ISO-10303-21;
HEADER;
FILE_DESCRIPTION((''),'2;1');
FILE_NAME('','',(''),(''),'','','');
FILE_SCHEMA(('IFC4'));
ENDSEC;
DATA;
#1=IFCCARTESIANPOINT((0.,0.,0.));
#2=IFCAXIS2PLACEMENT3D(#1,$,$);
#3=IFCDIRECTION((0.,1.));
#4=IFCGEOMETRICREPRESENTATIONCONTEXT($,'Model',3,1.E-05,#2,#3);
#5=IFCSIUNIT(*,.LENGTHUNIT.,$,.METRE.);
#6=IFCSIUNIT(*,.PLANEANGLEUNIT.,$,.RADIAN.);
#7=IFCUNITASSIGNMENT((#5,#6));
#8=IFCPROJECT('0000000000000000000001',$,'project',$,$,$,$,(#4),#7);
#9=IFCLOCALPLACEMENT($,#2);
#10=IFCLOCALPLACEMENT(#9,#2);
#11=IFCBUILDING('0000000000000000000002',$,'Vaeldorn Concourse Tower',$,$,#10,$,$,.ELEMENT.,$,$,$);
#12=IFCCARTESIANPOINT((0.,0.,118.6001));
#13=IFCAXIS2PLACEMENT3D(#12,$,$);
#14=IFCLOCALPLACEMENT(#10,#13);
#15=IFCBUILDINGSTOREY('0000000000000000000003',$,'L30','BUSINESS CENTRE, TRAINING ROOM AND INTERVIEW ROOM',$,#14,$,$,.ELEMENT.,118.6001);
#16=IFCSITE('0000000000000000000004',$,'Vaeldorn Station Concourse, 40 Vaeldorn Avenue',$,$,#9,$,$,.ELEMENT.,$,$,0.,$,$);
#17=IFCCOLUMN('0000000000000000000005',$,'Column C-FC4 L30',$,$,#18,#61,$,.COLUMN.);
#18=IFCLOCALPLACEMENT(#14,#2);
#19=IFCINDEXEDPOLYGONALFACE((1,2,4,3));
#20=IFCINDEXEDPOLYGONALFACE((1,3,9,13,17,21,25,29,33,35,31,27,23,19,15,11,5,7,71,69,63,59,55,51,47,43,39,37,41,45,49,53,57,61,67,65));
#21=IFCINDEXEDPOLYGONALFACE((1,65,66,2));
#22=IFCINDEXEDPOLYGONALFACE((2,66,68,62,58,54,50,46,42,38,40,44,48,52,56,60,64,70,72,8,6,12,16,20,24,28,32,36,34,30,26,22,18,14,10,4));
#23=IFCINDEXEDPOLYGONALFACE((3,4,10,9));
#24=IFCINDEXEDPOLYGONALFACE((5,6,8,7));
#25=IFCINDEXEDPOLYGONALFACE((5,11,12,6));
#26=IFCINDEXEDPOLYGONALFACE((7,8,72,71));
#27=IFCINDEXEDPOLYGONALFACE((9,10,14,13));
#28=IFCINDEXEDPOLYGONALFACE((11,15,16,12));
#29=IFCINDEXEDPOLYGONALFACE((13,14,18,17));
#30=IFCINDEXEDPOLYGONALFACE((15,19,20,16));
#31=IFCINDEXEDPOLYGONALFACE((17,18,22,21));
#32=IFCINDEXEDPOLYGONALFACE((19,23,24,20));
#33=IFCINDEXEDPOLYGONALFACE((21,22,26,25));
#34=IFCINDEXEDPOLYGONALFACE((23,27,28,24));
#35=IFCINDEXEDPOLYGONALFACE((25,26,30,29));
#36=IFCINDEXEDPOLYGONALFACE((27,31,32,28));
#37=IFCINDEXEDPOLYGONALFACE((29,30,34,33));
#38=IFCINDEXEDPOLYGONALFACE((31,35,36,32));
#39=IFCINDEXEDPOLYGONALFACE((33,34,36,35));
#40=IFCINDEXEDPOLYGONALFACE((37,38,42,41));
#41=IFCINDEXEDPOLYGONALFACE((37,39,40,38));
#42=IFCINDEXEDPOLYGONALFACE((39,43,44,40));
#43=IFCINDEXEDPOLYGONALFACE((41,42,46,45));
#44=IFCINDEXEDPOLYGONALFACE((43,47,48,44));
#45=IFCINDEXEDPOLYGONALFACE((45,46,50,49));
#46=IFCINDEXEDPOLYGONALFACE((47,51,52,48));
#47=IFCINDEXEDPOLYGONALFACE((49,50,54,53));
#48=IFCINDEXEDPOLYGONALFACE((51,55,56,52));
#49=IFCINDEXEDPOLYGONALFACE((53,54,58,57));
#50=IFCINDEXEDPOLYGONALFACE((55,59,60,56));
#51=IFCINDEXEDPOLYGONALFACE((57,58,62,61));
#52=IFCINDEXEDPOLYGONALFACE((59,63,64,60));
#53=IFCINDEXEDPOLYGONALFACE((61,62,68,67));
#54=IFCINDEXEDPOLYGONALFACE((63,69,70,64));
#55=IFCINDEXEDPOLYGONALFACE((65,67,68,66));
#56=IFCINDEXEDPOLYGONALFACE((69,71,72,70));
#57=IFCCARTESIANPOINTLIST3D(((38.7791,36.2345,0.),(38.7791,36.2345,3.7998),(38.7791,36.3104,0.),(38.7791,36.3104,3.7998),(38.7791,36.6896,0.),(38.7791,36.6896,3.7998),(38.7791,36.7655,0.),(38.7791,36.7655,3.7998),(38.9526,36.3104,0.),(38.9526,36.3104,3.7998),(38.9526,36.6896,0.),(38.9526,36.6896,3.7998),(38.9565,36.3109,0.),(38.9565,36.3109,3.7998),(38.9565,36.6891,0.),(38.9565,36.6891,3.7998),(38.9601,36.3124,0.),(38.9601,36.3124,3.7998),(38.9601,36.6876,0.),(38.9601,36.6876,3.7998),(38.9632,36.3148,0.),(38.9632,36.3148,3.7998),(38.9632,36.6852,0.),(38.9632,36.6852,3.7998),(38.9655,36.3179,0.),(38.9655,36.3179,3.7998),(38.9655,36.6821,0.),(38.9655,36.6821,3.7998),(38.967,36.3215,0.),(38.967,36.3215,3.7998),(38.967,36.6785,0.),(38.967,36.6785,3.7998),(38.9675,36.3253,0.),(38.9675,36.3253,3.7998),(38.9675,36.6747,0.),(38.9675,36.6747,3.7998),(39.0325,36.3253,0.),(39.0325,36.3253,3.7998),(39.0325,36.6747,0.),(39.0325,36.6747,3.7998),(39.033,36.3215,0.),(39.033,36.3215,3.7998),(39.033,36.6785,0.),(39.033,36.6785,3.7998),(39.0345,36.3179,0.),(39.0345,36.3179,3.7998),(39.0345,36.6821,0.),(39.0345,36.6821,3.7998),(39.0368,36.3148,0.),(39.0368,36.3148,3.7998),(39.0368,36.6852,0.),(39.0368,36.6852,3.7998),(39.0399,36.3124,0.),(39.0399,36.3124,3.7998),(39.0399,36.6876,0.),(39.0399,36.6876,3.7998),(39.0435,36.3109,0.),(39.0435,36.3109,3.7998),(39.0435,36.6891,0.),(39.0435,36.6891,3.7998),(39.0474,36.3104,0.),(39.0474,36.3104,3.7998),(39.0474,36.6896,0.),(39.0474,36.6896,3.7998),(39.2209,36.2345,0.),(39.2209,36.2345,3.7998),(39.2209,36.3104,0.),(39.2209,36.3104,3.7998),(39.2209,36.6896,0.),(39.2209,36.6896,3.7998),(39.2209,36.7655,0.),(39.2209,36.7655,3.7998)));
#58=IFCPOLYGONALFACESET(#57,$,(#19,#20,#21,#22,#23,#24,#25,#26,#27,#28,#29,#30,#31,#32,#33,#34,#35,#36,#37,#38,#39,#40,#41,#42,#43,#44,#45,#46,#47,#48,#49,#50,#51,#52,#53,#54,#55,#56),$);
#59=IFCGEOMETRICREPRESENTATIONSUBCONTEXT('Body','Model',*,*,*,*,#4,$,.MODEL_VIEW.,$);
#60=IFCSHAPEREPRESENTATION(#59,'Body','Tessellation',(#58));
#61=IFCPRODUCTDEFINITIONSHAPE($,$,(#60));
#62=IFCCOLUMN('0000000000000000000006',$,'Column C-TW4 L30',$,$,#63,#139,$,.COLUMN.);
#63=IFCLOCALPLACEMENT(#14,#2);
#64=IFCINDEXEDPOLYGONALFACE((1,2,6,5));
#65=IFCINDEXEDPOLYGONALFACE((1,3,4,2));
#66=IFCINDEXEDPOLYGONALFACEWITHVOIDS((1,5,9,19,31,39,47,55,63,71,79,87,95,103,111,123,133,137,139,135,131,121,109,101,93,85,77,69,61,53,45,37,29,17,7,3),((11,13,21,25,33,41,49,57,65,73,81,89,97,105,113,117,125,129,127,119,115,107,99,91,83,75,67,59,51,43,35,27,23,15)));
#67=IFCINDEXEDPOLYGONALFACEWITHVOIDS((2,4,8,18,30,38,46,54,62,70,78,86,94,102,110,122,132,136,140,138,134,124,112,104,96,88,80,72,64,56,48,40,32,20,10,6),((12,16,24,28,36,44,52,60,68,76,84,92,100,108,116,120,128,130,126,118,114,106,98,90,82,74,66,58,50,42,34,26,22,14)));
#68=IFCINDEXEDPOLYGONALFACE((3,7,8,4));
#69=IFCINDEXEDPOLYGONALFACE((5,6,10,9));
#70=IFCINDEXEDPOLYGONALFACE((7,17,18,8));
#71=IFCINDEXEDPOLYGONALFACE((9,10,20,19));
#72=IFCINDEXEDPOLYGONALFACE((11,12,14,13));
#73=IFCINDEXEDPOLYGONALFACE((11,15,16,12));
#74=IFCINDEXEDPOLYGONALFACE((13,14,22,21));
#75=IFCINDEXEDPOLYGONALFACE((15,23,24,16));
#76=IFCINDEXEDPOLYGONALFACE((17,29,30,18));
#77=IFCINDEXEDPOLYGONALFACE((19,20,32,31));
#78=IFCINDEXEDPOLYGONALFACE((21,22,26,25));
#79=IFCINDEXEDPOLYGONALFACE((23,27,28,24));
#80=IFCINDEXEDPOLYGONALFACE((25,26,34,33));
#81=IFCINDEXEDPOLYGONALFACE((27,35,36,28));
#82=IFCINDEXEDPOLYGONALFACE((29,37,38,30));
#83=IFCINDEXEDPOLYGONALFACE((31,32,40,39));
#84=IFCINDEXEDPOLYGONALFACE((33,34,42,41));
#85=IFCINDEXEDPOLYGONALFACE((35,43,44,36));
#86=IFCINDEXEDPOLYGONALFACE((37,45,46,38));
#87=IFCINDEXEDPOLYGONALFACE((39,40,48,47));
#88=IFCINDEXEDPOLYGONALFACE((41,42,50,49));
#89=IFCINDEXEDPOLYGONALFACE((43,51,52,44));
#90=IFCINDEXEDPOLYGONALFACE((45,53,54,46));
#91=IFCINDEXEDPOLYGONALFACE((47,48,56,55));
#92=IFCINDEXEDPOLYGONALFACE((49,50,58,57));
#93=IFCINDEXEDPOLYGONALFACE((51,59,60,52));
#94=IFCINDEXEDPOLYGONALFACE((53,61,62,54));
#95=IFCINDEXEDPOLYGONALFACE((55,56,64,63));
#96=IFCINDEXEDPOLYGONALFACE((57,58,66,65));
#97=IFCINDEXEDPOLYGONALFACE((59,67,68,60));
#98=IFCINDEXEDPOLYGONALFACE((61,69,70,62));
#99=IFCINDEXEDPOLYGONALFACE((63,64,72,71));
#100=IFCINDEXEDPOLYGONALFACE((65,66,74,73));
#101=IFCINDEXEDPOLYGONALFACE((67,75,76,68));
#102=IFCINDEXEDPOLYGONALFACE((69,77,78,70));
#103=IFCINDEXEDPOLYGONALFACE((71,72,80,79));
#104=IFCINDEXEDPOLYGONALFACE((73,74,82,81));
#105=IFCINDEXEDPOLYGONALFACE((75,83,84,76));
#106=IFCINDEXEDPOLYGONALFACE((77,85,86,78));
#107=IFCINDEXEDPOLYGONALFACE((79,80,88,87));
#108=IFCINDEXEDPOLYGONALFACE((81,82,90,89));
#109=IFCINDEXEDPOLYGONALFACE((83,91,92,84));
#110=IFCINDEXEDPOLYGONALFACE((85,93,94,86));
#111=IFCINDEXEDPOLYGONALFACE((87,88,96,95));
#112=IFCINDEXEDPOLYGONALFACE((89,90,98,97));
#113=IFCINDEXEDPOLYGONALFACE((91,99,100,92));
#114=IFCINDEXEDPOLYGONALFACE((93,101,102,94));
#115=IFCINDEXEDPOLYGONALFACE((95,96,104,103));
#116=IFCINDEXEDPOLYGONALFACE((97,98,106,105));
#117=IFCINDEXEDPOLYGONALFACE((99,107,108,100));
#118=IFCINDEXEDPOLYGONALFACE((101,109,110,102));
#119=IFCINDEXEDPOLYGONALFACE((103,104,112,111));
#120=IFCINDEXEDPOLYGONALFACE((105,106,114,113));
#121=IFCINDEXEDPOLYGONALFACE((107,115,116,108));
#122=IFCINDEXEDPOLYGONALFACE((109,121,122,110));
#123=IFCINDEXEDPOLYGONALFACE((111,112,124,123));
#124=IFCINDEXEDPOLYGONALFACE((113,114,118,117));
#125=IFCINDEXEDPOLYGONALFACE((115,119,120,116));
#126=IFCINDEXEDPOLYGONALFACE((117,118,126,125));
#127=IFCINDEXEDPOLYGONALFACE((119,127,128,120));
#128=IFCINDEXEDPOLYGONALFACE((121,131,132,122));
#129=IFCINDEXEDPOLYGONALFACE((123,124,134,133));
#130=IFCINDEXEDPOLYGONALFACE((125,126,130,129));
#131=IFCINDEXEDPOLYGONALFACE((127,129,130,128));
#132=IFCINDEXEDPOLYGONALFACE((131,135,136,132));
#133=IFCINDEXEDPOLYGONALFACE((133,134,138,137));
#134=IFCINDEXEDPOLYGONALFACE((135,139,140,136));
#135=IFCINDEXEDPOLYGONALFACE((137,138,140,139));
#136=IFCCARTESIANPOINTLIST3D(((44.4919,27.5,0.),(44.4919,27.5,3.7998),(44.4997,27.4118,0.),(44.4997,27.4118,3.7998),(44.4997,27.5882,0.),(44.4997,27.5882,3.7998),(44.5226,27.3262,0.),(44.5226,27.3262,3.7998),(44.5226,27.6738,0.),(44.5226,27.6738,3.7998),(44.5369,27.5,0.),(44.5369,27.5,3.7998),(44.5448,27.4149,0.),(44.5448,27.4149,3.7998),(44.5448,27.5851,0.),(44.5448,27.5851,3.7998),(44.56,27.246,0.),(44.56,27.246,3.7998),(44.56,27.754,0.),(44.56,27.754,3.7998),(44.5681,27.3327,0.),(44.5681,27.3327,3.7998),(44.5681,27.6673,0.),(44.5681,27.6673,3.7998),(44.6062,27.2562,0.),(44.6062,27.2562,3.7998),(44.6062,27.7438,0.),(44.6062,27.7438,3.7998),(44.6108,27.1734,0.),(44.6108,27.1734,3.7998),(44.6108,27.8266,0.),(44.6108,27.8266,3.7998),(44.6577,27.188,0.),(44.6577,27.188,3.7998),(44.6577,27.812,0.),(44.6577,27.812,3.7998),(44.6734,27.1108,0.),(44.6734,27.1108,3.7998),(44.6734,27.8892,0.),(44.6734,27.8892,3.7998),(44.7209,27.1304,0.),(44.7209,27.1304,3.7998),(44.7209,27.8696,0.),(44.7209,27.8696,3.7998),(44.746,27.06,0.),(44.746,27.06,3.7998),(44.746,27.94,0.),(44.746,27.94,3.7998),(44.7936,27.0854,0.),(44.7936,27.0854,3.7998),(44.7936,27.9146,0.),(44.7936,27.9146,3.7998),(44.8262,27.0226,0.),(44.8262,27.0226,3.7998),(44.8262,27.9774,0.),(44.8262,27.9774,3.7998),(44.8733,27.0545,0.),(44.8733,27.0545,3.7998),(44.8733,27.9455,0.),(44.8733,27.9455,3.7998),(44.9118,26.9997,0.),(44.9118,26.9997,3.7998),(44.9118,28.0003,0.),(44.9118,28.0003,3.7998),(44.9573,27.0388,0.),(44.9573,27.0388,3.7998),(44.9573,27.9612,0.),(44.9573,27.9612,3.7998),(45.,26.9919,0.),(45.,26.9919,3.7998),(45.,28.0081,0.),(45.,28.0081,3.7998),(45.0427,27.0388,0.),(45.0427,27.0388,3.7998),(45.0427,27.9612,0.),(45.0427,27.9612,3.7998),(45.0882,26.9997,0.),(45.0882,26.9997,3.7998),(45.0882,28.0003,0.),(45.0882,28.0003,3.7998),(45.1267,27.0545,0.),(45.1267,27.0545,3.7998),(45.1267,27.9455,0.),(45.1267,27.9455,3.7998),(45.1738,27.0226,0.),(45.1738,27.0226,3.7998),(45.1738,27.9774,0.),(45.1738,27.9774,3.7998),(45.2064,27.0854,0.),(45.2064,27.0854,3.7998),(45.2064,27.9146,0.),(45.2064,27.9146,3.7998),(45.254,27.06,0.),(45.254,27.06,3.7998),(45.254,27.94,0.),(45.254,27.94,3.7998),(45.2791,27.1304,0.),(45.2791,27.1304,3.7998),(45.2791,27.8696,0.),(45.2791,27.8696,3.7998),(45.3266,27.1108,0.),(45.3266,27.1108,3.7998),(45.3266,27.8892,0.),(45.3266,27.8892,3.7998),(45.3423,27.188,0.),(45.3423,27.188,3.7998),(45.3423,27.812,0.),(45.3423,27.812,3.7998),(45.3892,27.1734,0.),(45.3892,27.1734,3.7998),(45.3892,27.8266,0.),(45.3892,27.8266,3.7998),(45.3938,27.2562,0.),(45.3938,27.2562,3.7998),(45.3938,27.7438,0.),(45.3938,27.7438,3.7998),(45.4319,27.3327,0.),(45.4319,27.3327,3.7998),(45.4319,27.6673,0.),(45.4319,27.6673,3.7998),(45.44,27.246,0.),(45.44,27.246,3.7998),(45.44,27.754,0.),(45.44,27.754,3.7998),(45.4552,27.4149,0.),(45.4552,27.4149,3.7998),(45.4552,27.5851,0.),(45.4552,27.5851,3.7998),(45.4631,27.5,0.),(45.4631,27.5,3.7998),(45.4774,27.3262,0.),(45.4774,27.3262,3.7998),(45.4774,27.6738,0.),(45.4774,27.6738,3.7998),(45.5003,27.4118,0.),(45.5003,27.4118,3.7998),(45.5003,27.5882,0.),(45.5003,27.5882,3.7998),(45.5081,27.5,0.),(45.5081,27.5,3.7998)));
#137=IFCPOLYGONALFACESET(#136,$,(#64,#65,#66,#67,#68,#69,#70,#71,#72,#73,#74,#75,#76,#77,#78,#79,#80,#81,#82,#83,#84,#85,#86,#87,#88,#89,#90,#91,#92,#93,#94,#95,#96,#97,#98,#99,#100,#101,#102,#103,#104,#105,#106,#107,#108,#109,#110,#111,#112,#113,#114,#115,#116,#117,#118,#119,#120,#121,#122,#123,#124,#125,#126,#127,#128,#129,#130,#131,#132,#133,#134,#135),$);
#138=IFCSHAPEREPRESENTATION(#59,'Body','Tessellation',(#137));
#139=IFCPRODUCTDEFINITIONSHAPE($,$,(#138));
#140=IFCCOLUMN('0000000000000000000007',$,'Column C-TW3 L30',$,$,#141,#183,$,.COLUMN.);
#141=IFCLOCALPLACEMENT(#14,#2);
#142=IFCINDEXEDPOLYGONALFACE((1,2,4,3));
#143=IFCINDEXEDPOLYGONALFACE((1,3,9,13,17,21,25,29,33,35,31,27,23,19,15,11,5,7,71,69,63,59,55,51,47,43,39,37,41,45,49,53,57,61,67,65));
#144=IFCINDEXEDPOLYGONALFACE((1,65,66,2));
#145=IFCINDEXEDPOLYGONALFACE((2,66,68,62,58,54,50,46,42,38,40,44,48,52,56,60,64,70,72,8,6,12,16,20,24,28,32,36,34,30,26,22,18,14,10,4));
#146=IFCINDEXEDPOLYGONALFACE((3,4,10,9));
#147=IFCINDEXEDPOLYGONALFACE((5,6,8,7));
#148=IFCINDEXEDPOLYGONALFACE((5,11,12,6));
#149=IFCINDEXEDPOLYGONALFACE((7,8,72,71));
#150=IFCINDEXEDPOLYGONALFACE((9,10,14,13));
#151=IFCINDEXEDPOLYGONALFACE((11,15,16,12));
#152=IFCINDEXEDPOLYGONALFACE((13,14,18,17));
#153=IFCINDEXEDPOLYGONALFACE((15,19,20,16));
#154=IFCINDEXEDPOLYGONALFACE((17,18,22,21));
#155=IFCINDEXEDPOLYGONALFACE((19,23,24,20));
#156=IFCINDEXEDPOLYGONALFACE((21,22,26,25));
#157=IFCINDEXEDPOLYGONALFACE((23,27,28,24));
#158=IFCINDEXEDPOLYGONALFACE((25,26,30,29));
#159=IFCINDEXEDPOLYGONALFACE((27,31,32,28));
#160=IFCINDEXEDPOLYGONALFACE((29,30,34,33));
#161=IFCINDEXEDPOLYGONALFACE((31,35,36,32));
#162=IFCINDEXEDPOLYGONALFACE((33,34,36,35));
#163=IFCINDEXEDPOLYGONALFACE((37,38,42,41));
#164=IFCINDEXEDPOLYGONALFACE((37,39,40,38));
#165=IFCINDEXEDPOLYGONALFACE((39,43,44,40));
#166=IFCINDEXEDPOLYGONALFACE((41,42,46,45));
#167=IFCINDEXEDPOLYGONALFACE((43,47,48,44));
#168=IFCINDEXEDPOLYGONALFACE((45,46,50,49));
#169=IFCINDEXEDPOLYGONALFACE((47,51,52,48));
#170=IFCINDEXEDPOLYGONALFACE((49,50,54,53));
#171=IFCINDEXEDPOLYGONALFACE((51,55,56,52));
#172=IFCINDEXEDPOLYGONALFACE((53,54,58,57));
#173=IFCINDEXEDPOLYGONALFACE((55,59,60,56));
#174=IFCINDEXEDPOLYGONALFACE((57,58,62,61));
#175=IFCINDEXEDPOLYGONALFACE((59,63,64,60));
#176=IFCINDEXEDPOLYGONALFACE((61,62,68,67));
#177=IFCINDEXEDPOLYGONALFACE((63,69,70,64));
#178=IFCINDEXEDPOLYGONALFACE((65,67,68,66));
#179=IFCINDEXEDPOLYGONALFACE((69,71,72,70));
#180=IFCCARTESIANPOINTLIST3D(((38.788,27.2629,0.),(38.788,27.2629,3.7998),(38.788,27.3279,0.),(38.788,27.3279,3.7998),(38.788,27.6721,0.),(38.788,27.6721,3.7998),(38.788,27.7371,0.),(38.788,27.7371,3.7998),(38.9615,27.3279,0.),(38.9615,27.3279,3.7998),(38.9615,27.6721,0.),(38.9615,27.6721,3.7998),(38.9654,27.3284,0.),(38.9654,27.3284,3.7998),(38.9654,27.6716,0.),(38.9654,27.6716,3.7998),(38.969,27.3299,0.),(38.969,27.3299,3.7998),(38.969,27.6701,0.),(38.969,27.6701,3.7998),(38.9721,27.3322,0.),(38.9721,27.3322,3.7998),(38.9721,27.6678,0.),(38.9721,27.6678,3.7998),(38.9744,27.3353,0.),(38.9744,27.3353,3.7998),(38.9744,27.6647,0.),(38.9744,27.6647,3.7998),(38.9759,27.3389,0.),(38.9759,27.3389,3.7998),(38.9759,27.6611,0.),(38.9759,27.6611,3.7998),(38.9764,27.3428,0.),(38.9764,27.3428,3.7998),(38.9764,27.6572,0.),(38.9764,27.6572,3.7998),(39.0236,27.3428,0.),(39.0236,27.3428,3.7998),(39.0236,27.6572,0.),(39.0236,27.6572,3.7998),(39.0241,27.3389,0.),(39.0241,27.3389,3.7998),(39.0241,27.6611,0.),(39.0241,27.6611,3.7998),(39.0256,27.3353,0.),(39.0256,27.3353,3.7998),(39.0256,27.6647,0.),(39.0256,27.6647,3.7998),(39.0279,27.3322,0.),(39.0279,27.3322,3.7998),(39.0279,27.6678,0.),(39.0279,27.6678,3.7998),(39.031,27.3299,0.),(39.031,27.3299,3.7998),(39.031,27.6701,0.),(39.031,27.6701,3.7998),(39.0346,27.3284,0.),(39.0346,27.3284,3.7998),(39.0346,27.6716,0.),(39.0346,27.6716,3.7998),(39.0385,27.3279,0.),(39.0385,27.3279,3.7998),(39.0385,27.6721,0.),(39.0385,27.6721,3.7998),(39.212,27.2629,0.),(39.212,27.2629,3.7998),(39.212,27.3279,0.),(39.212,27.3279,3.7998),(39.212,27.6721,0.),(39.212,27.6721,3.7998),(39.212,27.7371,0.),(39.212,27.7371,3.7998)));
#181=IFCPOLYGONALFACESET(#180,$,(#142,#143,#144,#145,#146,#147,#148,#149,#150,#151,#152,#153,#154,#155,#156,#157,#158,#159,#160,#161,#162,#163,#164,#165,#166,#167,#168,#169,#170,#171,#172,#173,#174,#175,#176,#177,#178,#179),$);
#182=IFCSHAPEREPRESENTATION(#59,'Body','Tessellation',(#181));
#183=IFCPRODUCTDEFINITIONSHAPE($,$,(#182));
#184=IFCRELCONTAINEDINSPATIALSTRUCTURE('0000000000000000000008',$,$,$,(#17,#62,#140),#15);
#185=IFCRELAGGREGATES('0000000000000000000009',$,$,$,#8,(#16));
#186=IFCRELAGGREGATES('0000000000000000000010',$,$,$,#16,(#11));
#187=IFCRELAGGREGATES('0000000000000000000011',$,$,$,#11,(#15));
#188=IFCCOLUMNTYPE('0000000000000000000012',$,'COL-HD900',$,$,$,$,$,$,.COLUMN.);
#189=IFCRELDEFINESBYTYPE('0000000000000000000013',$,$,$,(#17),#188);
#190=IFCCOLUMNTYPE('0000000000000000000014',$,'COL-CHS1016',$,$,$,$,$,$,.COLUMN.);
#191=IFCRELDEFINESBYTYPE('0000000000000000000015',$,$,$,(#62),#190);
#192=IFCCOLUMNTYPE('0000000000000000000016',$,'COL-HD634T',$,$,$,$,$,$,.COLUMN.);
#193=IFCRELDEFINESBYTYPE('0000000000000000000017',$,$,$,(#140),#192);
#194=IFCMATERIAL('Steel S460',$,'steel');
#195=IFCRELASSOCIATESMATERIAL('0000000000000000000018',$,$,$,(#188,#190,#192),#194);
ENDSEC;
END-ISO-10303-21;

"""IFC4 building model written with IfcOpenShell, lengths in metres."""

from ifc_helpers import new_model, si_unit, direction, frame, origin, origin_2d, place, context, subcontext, project, spatial, hollow_circle, i_section, extrude, source, transform, mapped, material, material_profile, profile_set, type_object, element, save


model = new_model("IFC4")

# Units and contexts
model_context = context("Model", 3, precision=1e-05, world=origin(), true_north=direction((0.0, 1.0)))
body_context = subcontext(model_context, "Body", "Model", "MODEL_VIEW")
ifc_project = project(units=[si_unit("LENGTHUNIT", "METRE"), si_unit("PLANEANGLEUNIT", "RADIAN")], contexts=[model_context])

# Site, building, storey
site_placement = place(None, origin())
site = spatial("IfcSite", under=ifc_project, at=site_placement, Name="Vaeldorn Station Concourse, 40 Vaeldorn Avenue", CompositionType="ELEMENT", RefElevation=0.0)
building_placement = place(site_placement, origin())
building = spatial("IfcBuilding", under=site, at=building_placement, Name="Vaeldorn Concourse Tower", CompositionType="ELEMENT")
storey_placement = place(building_placement, frame((0.0, 0.0, 118.6001)))
storey = spatial("IfcBuildingStorey", under=building, at=storey_placement, Name="L30", Description="BUSINESS CENTRE, TRAINING ROOM AND INTERVIEW ROOM", CompositionType="ELEMENT", Elevation=118.6001)

# Columns
ifc_material_1 = material(Name="Steel S460", Category="steel")
ifc_material_profile_1 = material_profile(ifc_material_1, i_section(OverallWidth=0.4419, OverallDepth=0.531, WebThickness=0.0649, FlangeThickness=0.0759, FilletRadius=0.0149, at=origin_2d()), Name="HD 400x900")
ifc_profile_set_1 = profile_set([ifc_material_profile_1], Name="Steel S460")
column_type_1 = type_object("IfcColumnType", Name="COL-HD900", PredefinedType="COLUMN", material=ifc_profile_set_1)
shared_shape_1 = source(origin(), body_context, "Body", "SweptSolid", [
    extrude(i_section(OverallWidth=0.4419, OverallDepth=0.531, WebThickness=0.0649, FlangeThickness=0.0759, FilletRadius=0.0149, at=origin_2d()), origin(), (0.0, 0.0, 1.0), 3.7998),
])
column_1_placement = place(storey_placement, frame((39.0, 36.5, 0.0), z_axis=(0.0, 0.0, 1.0), x_axis=(1.0, 0.0, 0.0)))
element("IfcColumn", 1, at=column_1_placement, inside=storey, type_object=column_type_1, Name="Column C-FC4 L30", PredefinedType="COLUMN", context=body_context, shape_type="MappedRepresentation", body=[
    mapped(shared_shape_1, transform((0.0, 0.0, 0.0), scale=1.0)),
])
ifc_material_profile_2 = material_profile(ifc_material_1, hollow_circle(Radius=0.5081, WallThickness=0.0449, at=origin_2d()), Name="CHS 1016x45")
ifc_profile_set_2 = profile_set([ifc_material_profile_2], Name="Steel S460")
column_type_2 = type_object("IfcColumnType", Name="COL-CHS1016", PredefinedType="COLUMN", material=ifc_profile_set_2)
shared_shape_2 = source(origin(), body_context, "Body", "SweptSolid", [
    extrude(hollow_circle(Radius=0.5081, WallThickness=0.0449, at=origin_2d()), origin(), (0.0, 0.0, 1.0), 3.7998),
])
column_2_placement = place(storey_placement, frame((45.0, 27.5, 0.0), z_axis=(0.0, 0.0, 1.0), x_axis=(1.0, 0.0, 0.0)))
element("IfcColumn", 2, at=column_2_placement, inside=storey, type_object=column_type_2, Name="Column C-TW4 L30", PredefinedType="COLUMN", context=body_context, shape_type="MappedRepresentation", body=[
    mapped(shared_shape_2, transform((0.0, 0.0, 0.0), scale=1.0)),
])
ifc_material_profile_3 = material_profile(ifc_material_1, i_section(OverallWidth=0.4241, OverallDepth=0.4741, WebThickness=0.0471, FlangeThickness=0.0649, FilletRadius=0.0149, at=origin_2d()), Name="HD 400x634")
ifc_profile_set_3 = profile_set([ifc_material_profile_3], Name="Steel S460")
column_type_3 = type_object("IfcColumnType", Name="COL-HD634T", PredefinedType="COLUMN", material=ifc_profile_set_3)
shared_shape_3 = source(origin(), body_context, "Body", "SweptSolid", [
    extrude(i_section(OverallWidth=0.4241, OverallDepth=0.4741, WebThickness=0.0471, FlangeThickness=0.0649, FilletRadius=0.0149, at=origin_2d()), origin(), (0.0, 0.0, 1.0), 3.7998),
])
for number, where, z_axis, x_axis, name in (
    (3, (39.0, 27.5, 0.0), (0.0, 0.0, 1.0), (1.0, 0.0, 0.0), "Column C-TW3 L30"),
):
    element("IfcColumn", number, at=place(storey_placement, frame(where, z_axis=z_axis, x_axis=x_axis)), inside=storey, type_object=column_type_3, Name=name, PredefinedType="COLUMN", context=body_context, shape_type="MappedRepresentation", body=[
        mapped(shared_shape_3, transform((0.0, 0.0, 0.0), scale=1.0)),
    ])

save(model, "model.ifc")
